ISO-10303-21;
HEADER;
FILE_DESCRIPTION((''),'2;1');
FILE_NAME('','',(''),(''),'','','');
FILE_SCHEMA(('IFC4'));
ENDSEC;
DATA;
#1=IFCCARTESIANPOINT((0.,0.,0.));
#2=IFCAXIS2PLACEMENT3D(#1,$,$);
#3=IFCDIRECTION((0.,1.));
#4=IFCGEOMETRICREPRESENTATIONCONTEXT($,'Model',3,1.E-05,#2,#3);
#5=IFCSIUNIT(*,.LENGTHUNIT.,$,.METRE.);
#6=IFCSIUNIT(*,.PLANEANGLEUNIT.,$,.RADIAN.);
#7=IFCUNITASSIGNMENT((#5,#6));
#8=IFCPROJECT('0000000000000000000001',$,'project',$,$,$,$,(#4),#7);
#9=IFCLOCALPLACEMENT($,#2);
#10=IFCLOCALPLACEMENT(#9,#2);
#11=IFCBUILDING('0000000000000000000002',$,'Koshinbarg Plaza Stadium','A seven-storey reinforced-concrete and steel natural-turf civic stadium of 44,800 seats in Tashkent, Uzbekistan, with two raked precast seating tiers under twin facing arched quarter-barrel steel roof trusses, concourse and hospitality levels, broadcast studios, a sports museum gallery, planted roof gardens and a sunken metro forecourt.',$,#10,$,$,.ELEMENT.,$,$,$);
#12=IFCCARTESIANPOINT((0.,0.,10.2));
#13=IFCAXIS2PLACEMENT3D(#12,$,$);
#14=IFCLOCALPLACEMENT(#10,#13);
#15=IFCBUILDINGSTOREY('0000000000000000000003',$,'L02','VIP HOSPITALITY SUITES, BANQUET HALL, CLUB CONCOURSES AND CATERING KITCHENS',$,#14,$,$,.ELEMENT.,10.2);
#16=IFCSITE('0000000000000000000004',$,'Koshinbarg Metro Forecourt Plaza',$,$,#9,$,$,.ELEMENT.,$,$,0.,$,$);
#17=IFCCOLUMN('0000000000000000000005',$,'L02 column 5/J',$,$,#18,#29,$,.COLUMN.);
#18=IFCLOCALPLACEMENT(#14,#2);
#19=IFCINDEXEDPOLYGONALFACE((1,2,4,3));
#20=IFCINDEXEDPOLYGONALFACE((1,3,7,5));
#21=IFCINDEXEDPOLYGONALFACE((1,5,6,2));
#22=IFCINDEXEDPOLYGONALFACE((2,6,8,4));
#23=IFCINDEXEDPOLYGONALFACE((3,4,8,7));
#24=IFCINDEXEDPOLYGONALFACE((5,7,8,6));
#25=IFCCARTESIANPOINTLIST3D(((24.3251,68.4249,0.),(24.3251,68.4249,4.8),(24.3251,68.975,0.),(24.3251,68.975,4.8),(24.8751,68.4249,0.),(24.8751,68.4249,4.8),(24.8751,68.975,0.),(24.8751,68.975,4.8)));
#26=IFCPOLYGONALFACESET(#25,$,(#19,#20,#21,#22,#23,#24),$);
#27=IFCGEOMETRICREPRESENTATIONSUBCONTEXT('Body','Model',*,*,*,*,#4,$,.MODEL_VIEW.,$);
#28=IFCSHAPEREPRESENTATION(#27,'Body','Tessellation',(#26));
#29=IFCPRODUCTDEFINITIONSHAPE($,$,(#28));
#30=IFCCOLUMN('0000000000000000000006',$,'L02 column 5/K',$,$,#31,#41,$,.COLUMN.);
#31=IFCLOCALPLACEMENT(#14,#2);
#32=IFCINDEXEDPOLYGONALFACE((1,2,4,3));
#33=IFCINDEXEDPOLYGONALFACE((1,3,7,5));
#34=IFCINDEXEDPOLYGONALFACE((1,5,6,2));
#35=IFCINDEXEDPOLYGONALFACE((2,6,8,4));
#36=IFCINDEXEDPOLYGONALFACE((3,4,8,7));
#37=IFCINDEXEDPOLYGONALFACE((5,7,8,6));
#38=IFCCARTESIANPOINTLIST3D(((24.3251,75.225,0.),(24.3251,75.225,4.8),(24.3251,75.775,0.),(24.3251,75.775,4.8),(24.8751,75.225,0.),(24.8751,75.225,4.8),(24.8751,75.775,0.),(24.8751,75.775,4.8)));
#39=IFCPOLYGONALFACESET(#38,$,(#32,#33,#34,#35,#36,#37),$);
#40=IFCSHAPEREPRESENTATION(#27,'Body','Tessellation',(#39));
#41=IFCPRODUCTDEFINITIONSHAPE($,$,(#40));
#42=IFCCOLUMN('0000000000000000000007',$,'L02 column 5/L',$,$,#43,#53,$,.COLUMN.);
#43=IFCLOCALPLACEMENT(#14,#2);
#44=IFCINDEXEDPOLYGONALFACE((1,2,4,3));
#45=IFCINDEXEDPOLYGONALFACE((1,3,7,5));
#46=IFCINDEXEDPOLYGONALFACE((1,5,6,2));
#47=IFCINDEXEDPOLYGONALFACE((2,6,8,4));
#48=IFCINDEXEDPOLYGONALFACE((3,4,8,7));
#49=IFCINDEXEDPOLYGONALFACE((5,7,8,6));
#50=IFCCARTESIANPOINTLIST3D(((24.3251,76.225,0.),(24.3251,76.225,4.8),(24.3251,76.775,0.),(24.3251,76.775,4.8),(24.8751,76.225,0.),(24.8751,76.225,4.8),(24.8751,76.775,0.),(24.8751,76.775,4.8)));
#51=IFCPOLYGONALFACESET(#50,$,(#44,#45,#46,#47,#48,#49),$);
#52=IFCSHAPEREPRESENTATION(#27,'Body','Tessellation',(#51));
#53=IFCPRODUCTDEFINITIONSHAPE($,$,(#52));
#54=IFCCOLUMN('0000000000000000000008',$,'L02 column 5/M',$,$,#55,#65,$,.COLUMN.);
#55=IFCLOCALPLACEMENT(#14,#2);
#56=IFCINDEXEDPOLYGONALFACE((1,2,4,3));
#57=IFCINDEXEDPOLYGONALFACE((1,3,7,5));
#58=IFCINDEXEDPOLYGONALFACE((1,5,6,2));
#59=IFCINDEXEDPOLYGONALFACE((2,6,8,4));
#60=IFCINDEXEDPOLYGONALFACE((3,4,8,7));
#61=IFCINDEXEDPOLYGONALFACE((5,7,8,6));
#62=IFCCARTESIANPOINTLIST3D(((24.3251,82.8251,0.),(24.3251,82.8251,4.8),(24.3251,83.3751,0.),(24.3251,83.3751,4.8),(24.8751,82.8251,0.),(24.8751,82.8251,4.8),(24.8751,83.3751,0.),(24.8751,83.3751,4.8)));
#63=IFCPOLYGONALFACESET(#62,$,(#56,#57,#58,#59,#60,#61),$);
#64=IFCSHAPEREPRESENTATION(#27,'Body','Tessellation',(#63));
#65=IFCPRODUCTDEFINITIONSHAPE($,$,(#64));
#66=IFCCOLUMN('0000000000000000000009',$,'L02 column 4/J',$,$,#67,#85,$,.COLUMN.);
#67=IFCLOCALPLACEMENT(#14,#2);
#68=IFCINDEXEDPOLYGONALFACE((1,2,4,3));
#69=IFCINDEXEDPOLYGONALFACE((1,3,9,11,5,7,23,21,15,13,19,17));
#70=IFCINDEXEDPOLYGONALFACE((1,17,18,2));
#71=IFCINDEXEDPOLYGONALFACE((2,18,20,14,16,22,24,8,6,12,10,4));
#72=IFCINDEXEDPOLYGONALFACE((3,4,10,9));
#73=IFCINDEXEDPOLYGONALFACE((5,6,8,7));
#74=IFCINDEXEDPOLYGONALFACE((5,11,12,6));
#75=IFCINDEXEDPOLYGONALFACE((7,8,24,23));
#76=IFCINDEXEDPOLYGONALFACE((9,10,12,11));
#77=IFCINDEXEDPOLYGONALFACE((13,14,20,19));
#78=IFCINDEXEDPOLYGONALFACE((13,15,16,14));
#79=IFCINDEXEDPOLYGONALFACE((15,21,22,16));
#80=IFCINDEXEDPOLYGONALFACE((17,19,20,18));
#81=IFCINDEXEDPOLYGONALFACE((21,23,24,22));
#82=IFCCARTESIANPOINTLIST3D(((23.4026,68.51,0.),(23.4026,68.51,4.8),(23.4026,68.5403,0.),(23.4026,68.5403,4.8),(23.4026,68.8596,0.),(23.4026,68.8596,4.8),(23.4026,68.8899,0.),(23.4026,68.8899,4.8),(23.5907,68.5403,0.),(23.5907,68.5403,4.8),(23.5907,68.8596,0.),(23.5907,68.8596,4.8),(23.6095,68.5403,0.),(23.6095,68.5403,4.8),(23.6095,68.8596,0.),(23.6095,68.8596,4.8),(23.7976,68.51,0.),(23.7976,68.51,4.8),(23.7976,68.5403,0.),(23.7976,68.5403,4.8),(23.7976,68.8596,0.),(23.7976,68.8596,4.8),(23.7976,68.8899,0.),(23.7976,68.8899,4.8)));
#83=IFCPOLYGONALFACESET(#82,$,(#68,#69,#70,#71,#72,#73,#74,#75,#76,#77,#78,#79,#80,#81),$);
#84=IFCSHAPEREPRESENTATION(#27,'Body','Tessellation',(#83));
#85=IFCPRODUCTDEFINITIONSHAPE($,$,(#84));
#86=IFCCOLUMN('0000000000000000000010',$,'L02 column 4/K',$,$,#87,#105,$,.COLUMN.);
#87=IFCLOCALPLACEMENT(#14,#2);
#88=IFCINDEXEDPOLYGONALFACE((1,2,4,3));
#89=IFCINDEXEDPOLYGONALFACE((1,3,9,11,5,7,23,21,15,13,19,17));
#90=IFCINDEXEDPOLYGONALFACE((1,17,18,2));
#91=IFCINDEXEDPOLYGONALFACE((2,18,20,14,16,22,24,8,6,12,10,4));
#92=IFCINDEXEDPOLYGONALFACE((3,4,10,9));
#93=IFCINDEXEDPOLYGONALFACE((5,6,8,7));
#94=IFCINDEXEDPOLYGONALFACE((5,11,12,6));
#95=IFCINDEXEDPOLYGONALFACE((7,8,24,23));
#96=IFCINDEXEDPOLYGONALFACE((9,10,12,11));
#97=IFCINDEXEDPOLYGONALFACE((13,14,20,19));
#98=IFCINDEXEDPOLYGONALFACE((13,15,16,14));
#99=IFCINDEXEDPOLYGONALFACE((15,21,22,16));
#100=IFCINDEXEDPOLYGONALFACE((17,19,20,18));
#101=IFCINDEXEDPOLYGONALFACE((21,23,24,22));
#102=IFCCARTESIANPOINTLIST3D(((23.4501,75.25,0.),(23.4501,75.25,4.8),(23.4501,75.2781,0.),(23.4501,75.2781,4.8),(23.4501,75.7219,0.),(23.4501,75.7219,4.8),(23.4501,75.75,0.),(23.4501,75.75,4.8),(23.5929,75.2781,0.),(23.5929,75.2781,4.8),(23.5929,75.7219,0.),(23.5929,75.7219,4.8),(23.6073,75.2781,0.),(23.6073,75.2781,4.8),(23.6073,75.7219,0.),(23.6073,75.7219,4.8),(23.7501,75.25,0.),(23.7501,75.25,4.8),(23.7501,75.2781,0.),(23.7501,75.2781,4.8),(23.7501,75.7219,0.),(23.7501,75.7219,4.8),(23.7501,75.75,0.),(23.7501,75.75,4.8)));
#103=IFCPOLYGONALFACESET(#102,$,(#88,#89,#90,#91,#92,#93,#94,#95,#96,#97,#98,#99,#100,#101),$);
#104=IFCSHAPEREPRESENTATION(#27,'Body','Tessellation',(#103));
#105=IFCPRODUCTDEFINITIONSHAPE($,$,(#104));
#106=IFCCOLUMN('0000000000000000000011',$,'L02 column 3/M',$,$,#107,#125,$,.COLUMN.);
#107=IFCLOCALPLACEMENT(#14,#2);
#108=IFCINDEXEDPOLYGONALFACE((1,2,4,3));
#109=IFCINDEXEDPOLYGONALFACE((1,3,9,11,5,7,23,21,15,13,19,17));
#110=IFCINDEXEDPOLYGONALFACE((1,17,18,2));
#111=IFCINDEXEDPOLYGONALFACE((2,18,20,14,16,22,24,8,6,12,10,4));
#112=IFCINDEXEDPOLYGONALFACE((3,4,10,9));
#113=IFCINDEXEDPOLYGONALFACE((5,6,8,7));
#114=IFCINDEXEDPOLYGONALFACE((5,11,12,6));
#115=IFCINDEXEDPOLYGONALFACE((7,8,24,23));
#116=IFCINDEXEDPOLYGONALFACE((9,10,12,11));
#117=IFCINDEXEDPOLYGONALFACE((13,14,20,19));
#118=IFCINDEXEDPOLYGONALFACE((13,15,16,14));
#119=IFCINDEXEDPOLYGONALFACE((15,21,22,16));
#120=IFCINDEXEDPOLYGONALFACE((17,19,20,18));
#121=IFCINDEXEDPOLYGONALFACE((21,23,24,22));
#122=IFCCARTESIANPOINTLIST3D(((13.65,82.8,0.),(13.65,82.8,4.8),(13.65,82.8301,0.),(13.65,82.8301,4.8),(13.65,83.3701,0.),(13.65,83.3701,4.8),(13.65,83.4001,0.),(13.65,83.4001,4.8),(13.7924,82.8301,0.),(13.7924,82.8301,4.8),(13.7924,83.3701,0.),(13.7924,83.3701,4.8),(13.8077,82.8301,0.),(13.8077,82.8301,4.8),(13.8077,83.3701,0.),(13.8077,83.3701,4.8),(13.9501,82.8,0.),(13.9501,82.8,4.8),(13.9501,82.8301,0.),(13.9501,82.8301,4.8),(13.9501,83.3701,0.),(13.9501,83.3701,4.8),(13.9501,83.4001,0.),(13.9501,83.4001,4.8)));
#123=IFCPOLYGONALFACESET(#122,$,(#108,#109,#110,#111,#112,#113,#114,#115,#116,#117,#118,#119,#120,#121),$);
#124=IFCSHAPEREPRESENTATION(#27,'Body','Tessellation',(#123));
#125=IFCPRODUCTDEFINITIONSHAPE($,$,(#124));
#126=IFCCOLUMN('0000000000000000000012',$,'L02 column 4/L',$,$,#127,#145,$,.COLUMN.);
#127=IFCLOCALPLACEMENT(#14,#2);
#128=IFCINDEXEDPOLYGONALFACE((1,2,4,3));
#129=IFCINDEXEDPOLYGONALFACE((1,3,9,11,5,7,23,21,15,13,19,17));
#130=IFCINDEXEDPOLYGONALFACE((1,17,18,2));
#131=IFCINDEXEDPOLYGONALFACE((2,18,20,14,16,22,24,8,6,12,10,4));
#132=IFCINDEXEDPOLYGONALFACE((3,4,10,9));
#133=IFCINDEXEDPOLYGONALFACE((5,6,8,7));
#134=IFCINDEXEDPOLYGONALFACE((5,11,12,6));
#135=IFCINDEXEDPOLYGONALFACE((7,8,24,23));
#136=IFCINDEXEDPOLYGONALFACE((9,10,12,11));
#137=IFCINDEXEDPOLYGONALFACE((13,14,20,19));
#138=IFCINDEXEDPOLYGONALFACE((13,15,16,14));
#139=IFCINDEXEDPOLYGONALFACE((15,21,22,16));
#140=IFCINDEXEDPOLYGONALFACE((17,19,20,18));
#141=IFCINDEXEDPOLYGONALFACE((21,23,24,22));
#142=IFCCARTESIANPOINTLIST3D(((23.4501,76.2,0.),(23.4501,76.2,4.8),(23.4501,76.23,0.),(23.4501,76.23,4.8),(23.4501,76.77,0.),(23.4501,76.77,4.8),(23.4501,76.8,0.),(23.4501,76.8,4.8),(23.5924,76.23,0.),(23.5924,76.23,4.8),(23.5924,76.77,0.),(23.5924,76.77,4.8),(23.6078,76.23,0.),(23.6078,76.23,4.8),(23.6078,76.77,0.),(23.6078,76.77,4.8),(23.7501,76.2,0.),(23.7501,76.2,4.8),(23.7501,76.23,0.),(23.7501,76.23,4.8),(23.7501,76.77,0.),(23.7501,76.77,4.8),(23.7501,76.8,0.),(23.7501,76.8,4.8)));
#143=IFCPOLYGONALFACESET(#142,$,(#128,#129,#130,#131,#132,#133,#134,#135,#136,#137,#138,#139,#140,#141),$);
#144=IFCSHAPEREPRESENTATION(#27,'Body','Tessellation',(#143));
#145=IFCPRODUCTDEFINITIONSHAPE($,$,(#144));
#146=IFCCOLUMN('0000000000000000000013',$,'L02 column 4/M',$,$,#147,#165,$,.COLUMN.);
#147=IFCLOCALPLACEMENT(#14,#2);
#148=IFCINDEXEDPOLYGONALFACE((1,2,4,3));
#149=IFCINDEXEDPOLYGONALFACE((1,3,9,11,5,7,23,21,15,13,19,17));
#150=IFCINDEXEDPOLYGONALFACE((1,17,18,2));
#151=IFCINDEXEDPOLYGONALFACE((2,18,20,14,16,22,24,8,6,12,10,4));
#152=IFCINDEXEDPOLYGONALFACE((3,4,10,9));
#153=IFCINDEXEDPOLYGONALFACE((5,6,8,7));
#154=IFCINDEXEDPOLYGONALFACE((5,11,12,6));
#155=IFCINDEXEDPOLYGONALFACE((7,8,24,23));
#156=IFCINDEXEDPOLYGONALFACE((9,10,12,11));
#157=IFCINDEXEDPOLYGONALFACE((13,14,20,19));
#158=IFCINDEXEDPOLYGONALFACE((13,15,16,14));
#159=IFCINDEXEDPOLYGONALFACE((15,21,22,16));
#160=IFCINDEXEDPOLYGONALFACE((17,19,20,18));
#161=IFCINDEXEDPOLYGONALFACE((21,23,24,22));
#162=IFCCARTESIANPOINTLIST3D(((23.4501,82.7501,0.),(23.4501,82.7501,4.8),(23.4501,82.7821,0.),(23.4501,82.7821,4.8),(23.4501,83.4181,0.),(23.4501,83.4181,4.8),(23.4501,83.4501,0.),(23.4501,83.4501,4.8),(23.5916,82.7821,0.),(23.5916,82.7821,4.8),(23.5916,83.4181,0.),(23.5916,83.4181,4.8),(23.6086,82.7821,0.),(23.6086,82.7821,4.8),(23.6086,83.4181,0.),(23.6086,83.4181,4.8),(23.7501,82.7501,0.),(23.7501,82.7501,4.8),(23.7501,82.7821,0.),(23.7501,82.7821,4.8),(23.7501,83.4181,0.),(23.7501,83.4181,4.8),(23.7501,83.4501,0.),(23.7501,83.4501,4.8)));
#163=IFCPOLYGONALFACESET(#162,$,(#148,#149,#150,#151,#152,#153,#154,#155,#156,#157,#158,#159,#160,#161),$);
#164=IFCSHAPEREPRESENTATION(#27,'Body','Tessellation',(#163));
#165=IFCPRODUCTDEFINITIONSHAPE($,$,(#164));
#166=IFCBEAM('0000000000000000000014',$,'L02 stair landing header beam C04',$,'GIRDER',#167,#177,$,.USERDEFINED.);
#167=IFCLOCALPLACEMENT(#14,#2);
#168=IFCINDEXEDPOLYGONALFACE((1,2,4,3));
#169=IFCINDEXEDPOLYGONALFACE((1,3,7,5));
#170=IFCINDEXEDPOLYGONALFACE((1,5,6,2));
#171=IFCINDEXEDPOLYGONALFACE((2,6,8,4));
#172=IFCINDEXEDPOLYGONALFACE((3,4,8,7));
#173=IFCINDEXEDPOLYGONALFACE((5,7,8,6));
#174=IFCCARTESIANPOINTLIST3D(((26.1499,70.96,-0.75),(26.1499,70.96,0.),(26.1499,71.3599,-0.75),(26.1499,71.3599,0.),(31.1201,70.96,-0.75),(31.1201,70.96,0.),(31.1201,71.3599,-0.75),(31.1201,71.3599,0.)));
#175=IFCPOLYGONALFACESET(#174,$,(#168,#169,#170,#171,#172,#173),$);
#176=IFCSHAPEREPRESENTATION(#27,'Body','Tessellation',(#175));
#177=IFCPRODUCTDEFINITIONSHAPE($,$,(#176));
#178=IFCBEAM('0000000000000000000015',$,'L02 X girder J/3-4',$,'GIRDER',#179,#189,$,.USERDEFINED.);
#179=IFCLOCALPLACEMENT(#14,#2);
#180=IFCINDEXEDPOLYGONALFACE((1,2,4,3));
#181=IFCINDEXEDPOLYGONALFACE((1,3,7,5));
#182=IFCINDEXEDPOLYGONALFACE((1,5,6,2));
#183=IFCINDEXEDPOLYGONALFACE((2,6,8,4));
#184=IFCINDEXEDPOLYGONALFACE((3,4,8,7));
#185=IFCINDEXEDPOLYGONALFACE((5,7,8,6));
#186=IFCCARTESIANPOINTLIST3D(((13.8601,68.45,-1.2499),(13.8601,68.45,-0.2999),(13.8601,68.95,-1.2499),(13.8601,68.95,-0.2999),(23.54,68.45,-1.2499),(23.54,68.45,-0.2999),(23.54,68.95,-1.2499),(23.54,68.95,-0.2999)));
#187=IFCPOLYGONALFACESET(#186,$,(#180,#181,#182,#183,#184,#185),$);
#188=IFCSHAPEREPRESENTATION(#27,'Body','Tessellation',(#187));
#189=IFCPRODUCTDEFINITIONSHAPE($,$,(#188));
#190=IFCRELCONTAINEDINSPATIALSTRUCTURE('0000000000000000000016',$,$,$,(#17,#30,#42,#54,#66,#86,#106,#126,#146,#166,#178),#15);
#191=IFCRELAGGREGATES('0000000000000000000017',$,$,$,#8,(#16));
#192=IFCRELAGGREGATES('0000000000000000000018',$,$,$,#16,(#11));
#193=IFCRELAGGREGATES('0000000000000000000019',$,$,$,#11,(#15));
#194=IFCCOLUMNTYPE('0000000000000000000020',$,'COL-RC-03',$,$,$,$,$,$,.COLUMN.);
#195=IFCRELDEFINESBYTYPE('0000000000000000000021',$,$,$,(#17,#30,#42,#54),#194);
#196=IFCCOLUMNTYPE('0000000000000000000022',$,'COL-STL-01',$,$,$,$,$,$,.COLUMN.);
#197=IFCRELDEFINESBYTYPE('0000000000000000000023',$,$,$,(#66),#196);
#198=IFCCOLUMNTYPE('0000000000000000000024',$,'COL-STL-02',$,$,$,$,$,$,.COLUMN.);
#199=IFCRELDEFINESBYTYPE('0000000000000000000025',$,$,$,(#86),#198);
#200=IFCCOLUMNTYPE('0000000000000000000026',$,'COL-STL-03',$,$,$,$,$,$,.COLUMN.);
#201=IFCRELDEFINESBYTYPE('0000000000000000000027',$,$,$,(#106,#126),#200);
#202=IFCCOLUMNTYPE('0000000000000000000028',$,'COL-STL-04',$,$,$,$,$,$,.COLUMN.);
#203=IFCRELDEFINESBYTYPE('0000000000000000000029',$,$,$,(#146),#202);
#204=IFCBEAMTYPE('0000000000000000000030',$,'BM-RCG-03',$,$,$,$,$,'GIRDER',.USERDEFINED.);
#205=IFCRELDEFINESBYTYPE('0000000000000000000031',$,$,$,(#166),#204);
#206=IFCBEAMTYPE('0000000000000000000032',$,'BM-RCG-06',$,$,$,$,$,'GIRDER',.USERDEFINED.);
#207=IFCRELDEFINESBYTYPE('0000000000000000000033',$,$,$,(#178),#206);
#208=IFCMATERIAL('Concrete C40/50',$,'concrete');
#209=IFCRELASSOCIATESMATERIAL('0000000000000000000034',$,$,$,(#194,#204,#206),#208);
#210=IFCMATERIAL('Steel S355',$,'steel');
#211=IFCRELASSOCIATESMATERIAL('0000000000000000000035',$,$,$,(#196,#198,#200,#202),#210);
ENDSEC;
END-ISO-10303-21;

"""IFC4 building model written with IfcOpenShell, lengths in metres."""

from ifc_helpers import new_model, si_unit, direction, frame, origin, origin_2d, place, context, subcontext, project, spatial, rectangle, i_section, extrude, material, material_profile, profile_set, type_object, element, save


model = new_model("IFC4")

# Units and contexts
model_context = context("Model", 3, precision=1e-05, world=origin(), true_north=direction((0.0, 1.0)))
body_context = subcontext(model_context, "Body", "Model", "MODEL_VIEW")
ifc_project = project(units=[si_unit("LENGTHUNIT", "METRE"), si_unit("PLANEANGLEUNIT", "RADIAN")], contexts=[model_context])

# Site, building, storey
site_placement = place(None, origin())
site = spatial("IfcSite", under=ifc_project, at=site_placement, Name="Koshinbarg Metro Forecourt Plaza", CompositionType="ELEMENT", RefElevation=0.0)
building_placement = place(site_placement, origin())
building = spatial("IfcBuilding", under=site, at=building_placement, Name="Koshinbarg Plaza Stadium", Description="A seven-storey reinforced-concrete and steel natural-turf civic stadium of 44,800 seats in Tashkent, Uzbekistan, with two raked precast seating tiers under twin facing arched quarter-barrel steel roof trusses, concourse and hospitality levels, broadcast studios, a sports museum gallery, planted roof gardens and a sunken metro forecourt.", CompositionType="ELEMENT")
storey_placement = place(building_placement, frame((0.0, 0.0, 10.2)))
storey = spatial("IfcBuildingStorey", under=building, at=storey_placement, Name="L02", Description="VIP HOSPITALITY SUITES, BANQUET HALL, CLUB CONCOURSES AND CATERING KITCHENS", CompositionType="ELEMENT", Elevation=10.2)

# Columns
ifc_material_1 = material(Name="Concrete C40/50", Category="concrete")
ifc_material_profile_1 = material_profile(ifc_material_1, rectangle(XDim=0.55, YDim=0.55, at=origin_2d()), Name="RC 550x550")
ifc_profile_set_1 = profile_set([ifc_material_profile_1], Name="Concrete C40/50")
column_type_1 = type_object("IfcColumnType", Name="COL-RC-03", PredefinedType="COLUMN", material=ifc_profile_set_1)
for number, where, z_axis, x_axis, name in (
    (1, (24.6001, 68.7, 0.0), (0.0, 0.0, 1.0), (1.0, 0.0, 0.0), "L02 column 5/J"),
    (2, (24.6001, 75.5, 0.0), (0.0, 0.0, 1.0), (1.0, 0.0, 0.0), "L02 column 5/K"),
    (3, (24.6001, 76.5, 0.0), (0.0, 0.0, 1.0), (1.0, 0.0, 0.0), "L02 column 5/L"),
    (4, (24.6001, 83.1001, 0.0), (0.0, 0.0, 1.0), (1.0, 0.0, 0.0), "L02 column 5/M"),
):
    element("IfcColumn", number, at=place(storey_placement, frame(where, z_axis=z_axis, x_axis=x_axis)), inside=storey, type_object=column_type_1, Name=name, PredefinedType="COLUMN", context=body_context, shape_type="SweptSolid", body=[
        extrude(rectangle(XDim=0.55, YDim=0.55, at=origin_2d()), origin(), (0.0, 0.0, 1.0), 4.8),
    ])
ifc_material_2 = material(Name="Steel S355", Category="steel")
ifc_material_profile_2 = material_profile(ifc_material_2, i_section(OverallWidth=0.395, OverallDepth=0.3799, WebThickness=0.0188, FlangeThickness=0.0303, at=origin_2d()), Name="HD 400x237")
ifc_profile_set_2 = profile_set([ifc_material_profile_2], Name="Steel S355")
column_type_2 = type_object("IfcColumnType", Name="COL-STL-01", PredefinedType="COLUMN", material=ifc_profile_set_2)
column_1_placement = place(storey_placement, frame((23.6001, 68.7, 0.0), z_axis=(0.0, 0.0, 1.0), x_axis=(1.0, 0.0, 0.0)))
element("IfcColumn", 5, at=column_1_placement, inside=storey, type_object=column_type_2, Name="L02 column 4/J", PredefinedType="COLUMN", context=body_context, shape_type="SweptSolid", body=[
    extrude(i_section(OverallWidth=0.395, OverallDepth=0.3799, WebThickness=0.0188, FlangeThickness=0.0303, at=origin_2d()), origin(), (0.0, 0.0, 1.0), 4.8),
])
ifc_material_profile_3 = material_profile(ifc_material_2, i_section(OverallWidth=0.3, OverallDepth=0.5, WebThickness=0.0144, FlangeThickness=0.0281, at=origin_2d()), Name="HEB 500")
ifc_profile_set_3 = profile_set([ifc_material_profile_3], Name="Steel S355")
column_type_3 = type_object("IfcColumnType", Name="COL-STL-02", PredefinedType="COLUMN", material=ifc_profile_set_3)
column_2_placement = place(storey_placement, frame((23.6001, 75.5, 0.0), z_axis=(0.0, 0.0, 1.0), x_axis=(1.0, 0.0, 0.0)))
element("IfcColumn", 6, at=column_2_placement, inside=storey, type_object=column_type_3, Name="L02 column 4/K", PredefinedType="COLUMN", context=body_context, shape_type="SweptSolid", body=[
    extrude(i_section(OverallWidth=0.3, OverallDepth=0.5, WebThickness=0.0144, FlangeThickness=0.0281, at=origin_2d()), origin(), (0.0, 0.0, 1.0), 4.8),
])
ifc_material_profile_4 = material_profile(ifc_material_2, i_section(OverallWidth=0.3, OverallDepth=0.6001, WebThickness=0.0154, FlangeThickness=0.03, at=origin_2d()), Name="HEB 600")
ifc_profile_set_4 = profile_set([ifc_material_profile_4], Name="Steel S355")
column_type_4 = type_object("IfcColumnType", Name="COL-STL-03", PredefinedType="COLUMN", material=ifc_profile_set_4)
for number, where, z_axis, x_axis, name in (
    (7, (13.8, 83.1001, 0.0), (0.0, 0.0, 1.0), (1.0, 0.0, 0.0), "L02 column 3/M"),
    (8, (23.6001, 76.5, 0.0), (0.0, 0.0, 1.0), (1.0, 0.0, 0.0), "L02 column 4/L"),
):
    element("IfcColumn", number, at=place(storey_placement, frame(where, z_axis=z_axis, x_axis=x_axis)), inside=storey, type_object=column_type_4, Name=name, PredefinedType="COLUMN", context=body_context, shape_type="SweptSolid", body=[
        extrude(i_section(OverallWidth=0.3, OverallDepth=0.6001, WebThickness=0.0154, FlangeThickness=0.03, at=origin_2d()), origin(), (0.0, 0.0, 1.0), 4.8),
    ])
ifc_material_profile_5 = material_profile(ifc_material_2, i_section(OverallWidth=0.3, OverallDepth=0.7, WebThickness=0.0171, FlangeThickness=0.032, at=origin_2d()), Name="HEB 700")
ifc_profile_set_5 = profile_set([ifc_material_profile_5], Name="Steel S355")
column_type_5 = type_object("IfcColumnType", Name="COL-STL-04", PredefinedType="COLUMN", material=ifc_profile_set_5)
column_3_placement = place(storey_placement, frame((23.6001, 83.1001, 0.0), z_axis=(0.0, 0.0, 1.0), x_axis=(1.0, 0.0, 0.0)))
element("IfcColumn", 9, at=column_3_placement, inside=storey, type_object=column_type_5, Name="L02 column 4/M", PredefinedType="COLUMN", context=body_context, shape_type="SweptSolid", body=[
    extrude(i_section(OverallWidth=0.3, OverallDepth=0.7, WebThickness=0.0171, FlangeThickness=0.032, at=origin_2d()), origin(), (0.0, 0.0, 1.0), 4.8),
])

# Beams
ifc_material_profile_6 = material_profile(ifc_material_1, rectangle(XDim=0.3999, YDim=0.75, at=origin_2d()), Name="RC 400x750")
ifc_profile_set_6 = profile_set([ifc_material_profile_6], Name="Concrete C40/50")
beam_type_1 = type_object("IfcBeamType", Name="BM-RCG-03", ElementType="GIRDER", PredefinedType="USERDEFINED", material=ifc_profile_set_6)
beam_1_placement = place(storey_placement, frame((26.1499, 71.1599, -0.375), z_axis=(1.0, 0.0, 0.0), x_axis=(0.0, 1.0, 0.0)))
element("IfcBeam", 10, at=beam_1_placement, inside=storey, type_object=beam_type_1, Name="L02 stair landing header beam C04", ObjectType="GIRDER", PredefinedType="USERDEFINED", context=body_context, shape_type="SweptSolid", body=[
    extrude(rectangle(XDim=0.3999, YDim=0.75, at=origin_2d()), origin(), (0.0, 0.0, 1.0), 4.9702),
])
ifc_material_profile_7 = material_profile(ifc_material_1, rectangle(XDim=0.5, YDim=0.95, at=origin_2d()), Name="RC 500x950")
ifc_profile_set_7 = profile_set([ifc_material_profile_7], Name="Concrete C40/50")
beam_type_2 = type_object("IfcBeamType", Name="BM-RCG-06", ElementType="GIRDER", PredefinedType="USERDEFINED", material=ifc_profile_set_7)
for number, where, z_axis, x_axis, name in (
    (11, (13.8601, 68.7, -0.7749), (1.0, 0.0, 0.0), (0.0, 1.0, 0.0), "L02 X girder J/3-4"),
):
    element("IfcBeam", number, at=place(storey_placement, frame(where, z_axis=z_axis, x_axis=x_axis)), inside=storey, type_object=beam_type_2, Name=name, ObjectType="GIRDER", PredefinedType="USERDEFINED", context=body_context, shape_type="SweptSolid", body=[
        extrude(rectangle(XDim=0.5, YDim=0.95, at=origin_2d()), origin(), (0.0, 0.0, 1.0), 9.6799),
    ])

save(model, "model.ifc")
